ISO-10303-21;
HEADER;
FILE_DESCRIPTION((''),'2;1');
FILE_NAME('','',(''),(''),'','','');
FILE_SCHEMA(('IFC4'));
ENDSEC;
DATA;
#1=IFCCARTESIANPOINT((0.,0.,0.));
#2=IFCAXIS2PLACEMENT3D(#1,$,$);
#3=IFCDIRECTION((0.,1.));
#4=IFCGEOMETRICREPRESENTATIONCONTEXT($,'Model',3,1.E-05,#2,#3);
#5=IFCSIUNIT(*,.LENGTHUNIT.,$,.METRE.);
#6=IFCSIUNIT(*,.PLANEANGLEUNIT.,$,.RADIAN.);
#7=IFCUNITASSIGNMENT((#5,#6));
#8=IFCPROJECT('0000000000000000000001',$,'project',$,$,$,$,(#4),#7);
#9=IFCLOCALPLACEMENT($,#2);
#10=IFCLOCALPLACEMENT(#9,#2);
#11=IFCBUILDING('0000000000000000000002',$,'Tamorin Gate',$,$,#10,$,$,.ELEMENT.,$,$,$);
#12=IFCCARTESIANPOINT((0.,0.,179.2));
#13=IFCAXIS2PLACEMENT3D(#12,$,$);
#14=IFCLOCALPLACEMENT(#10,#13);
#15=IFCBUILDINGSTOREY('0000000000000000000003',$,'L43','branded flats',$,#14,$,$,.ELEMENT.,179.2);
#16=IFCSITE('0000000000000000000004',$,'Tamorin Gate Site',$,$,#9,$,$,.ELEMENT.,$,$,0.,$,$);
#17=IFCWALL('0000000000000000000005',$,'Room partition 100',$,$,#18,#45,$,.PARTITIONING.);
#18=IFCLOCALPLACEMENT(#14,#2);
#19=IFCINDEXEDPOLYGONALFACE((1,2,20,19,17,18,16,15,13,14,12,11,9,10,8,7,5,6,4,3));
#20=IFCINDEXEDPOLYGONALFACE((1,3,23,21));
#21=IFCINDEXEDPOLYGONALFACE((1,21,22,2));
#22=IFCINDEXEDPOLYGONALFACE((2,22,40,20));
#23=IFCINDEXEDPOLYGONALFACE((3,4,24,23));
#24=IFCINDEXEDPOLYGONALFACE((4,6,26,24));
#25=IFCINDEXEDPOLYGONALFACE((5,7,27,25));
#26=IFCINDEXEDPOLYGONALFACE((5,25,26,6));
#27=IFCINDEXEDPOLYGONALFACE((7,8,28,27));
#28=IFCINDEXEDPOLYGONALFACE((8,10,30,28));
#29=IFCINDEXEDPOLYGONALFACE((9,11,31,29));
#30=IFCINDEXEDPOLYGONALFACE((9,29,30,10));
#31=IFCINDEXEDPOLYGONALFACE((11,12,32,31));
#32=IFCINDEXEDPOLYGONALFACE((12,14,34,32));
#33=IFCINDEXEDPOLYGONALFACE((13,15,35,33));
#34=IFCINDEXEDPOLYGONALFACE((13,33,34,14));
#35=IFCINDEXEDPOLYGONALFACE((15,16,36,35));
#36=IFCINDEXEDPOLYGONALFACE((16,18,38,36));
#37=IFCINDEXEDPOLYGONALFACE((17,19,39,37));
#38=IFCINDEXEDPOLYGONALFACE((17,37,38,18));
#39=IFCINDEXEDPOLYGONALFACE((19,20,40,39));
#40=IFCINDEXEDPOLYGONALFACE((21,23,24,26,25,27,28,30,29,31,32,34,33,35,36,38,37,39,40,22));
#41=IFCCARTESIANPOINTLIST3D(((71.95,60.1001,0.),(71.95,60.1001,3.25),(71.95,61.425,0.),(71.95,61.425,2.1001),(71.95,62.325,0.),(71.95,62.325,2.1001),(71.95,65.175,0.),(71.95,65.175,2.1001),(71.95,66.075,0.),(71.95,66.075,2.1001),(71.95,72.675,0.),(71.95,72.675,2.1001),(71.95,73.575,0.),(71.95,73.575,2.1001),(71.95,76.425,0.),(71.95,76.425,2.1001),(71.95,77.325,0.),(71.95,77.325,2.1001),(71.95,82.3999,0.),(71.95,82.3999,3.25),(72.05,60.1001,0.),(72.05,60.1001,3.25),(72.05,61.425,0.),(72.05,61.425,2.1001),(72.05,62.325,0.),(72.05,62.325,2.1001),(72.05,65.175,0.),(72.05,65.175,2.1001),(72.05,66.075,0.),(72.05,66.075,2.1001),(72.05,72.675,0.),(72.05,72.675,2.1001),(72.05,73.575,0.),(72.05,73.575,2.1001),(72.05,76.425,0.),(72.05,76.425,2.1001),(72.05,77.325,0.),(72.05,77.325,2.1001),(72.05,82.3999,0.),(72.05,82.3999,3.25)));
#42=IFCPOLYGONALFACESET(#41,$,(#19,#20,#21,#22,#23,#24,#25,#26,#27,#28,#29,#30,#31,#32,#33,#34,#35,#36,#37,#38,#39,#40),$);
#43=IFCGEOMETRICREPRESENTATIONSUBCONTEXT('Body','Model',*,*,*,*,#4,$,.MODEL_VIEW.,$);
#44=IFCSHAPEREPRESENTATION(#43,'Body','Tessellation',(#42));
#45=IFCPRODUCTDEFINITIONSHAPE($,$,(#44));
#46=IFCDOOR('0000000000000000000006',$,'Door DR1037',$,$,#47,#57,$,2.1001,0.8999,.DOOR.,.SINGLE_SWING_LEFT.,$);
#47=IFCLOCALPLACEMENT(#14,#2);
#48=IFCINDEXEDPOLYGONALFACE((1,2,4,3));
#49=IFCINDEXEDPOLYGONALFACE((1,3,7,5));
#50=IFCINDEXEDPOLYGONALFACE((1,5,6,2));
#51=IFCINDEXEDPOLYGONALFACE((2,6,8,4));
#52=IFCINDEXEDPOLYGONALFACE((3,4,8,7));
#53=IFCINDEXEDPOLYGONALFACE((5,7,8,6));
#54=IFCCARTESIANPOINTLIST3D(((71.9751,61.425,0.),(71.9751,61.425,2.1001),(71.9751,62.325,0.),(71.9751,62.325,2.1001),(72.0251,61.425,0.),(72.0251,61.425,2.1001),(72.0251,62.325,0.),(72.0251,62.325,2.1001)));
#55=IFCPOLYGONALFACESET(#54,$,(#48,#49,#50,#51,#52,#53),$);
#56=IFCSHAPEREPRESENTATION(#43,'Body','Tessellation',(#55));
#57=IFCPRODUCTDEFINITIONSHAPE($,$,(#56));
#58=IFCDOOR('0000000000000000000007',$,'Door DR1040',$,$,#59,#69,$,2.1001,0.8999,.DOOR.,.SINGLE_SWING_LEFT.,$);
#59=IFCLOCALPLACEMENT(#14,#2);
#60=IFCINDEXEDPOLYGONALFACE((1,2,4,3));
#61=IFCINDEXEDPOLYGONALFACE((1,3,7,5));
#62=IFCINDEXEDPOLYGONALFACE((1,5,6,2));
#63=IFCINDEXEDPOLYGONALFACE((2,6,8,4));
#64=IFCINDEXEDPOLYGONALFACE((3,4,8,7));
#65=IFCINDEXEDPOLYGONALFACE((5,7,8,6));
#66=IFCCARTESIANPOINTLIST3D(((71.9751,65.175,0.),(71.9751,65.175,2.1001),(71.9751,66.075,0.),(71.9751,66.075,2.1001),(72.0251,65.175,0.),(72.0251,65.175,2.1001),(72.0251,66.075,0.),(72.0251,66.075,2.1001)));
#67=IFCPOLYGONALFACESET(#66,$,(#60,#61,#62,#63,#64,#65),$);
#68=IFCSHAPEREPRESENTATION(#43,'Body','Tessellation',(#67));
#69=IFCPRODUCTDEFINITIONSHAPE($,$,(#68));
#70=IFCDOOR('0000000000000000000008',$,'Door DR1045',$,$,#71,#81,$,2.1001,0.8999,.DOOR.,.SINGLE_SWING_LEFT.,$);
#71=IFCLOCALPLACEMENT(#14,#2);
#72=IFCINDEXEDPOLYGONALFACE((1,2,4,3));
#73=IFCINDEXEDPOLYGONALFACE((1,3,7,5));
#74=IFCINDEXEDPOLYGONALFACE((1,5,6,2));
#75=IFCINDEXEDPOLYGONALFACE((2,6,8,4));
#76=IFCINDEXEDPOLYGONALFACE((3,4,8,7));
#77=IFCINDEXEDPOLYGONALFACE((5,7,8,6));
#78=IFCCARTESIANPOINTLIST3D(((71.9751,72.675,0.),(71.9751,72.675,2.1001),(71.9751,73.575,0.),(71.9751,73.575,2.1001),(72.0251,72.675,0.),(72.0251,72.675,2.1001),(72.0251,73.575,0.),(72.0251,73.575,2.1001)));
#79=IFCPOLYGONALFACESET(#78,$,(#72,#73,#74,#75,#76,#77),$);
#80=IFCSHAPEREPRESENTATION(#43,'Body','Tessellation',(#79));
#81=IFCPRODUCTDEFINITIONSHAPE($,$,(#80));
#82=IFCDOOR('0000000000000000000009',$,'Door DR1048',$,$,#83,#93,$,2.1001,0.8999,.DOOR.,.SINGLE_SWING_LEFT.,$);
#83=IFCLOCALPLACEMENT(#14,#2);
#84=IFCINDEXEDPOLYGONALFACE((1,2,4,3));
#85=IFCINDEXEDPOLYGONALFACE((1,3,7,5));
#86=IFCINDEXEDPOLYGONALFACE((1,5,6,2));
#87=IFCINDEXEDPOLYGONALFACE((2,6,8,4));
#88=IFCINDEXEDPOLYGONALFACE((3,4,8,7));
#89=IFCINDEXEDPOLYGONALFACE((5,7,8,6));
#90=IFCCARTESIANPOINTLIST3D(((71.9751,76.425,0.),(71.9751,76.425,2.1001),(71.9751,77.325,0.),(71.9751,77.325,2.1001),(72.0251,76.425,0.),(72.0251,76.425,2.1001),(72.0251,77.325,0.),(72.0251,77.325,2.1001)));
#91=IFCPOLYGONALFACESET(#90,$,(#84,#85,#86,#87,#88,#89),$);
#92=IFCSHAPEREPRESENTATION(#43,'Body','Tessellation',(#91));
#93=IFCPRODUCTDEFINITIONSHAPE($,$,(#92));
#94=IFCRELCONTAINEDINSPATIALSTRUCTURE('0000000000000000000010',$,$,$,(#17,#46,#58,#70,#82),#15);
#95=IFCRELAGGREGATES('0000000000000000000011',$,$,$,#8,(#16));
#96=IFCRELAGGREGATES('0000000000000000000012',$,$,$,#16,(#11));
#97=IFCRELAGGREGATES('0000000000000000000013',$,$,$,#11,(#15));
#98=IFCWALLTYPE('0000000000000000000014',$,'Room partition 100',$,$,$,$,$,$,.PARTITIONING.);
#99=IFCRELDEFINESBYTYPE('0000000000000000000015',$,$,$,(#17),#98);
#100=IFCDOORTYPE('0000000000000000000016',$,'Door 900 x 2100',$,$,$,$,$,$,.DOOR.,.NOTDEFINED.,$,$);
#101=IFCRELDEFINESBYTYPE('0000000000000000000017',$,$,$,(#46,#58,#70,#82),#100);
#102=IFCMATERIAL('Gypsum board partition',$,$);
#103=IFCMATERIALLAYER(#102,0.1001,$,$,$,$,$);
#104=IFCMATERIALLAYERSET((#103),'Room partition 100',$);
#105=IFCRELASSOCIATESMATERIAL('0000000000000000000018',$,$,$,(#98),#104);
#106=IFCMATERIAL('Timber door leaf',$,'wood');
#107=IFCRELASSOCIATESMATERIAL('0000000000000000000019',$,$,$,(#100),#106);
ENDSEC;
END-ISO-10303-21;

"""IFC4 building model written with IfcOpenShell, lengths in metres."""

from ifc_helpers import new_model, si_unit, direction, frame, frame_2d, origin, place, context, subcontext, project, spatial, rectangle, extrude, material, layer, layer_set, type_object, element, fill, save


model = new_model("IFC4")

# Units and contexts
model_context = context("Model", 3, precision=1e-05, world=origin(), true_north=direction((0.0, 1.0)))
body_context = subcontext(model_context, "Body", "Model", "MODEL_VIEW")
ifc_project = project(units=[si_unit("LENGTHUNIT", "METRE"), si_unit("PLANEANGLEUNIT", "RADIAN")], contexts=[model_context])

# Site, building, storey
site_placement = place(None, origin())
site = spatial("IfcSite", under=ifc_project, at=site_placement, Name="Tamorin Gate Site", CompositionType="ELEMENT", RefElevation=0.0)
building_placement = place(site_placement, origin())
building = spatial("IfcBuilding", under=site, at=building_placement, Name="Tamorin Gate", CompositionType="ELEMENT")
storey_placement = place(building_placement, frame((0.0, 0.0, 179.2)))
storey = spatial("IfcBuildingStorey", under=building, at=storey_placement, Name="L43", Description="branded flats", CompositionType="ELEMENT", Elevation=179.2)

# Wall, openings, doors
ifc_material_1 = material(Name="Gypsum board partition")
ifc_layer_1 = layer(ifc_material_1, 0.1001)
ifc_layer_set_1 = layer_set([ifc_layer_1], Name="Room partition 100")
wall_type_1 = type_object("IfcWallType", Name="Room partition 100", PredefinedType="PARTITIONING", material=ifc_layer_set_1)
wall_1_placement = place(storey_placement, frame((72.0, 60.1001, 0.0), z_axis=(0.0, 0.0, 1.0), x_axis=(0.0, 1.0, 0.0)))
wall_1 = element("IfcWall", 1, at=wall_1_placement, inside=storey, type_object=wall_type_1, Name="Room partition 100", PredefinedType="PARTITIONING", context=body_context, shape_type="SweptSolid", body=[
    extrude(rectangle(XDim=22.2998, YDim=0.1001, at=frame_2d((11.1499, 0.0))), origin(), (0.0, 0.0, 1.0), 3.25),
])
opening_1_placement = place(wall_1_placement, frame((1.325, 0.0, 0.0)))
opening_1 = element("IfcOpeningElement", 2, at=opening_1_placement, cuts=wall_1, PredefinedType="OPENING", context=body_context, shape_type="SweptSolid", body=[
    extrude(rectangle(XDim=0.8999, YDim=2.1001, at=frame_2d((0.45, 1.05))), frame((0.0, 0.0601, 0.0), z_axis=(0.0, -1.0, 0.0), x_axis=(1.0, 0.0, 0.0)), (0.0, 0.0, 1.0), 0.1201),
])
opening_2_placement = place(wall_1_placement, frame((5.075, 0.0, 0.0)))
opening_2 = element("IfcOpeningElement", 3, at=opening_2_placement, cuts=wall_1, PredefinedType="OPENING", context=body_context, shape_type="SweptSolid", body=[
    extrude(rectangle(XDim=0.8999, YDim=2.1001, at=frame_2d((0.45, 1.05))), frame((0.0, 0.0601, 0.0), z_axis=(0.0, -1.0, 0.0), x_axis=(1.0, 0.0, 0.0)), (0.0, 0.0, 1.0), 0.1201),
])
opening_3_placement = place(wall_1_placement, frame((12.575, 0.0, 0.0)))
opening_3 = element("IfcOpeningElement", 4, at=opening_3_placement, cuts=wall_1, PredefinedType="OPENING", context=body_context, shape_type="SweptSolid", body=[
    extrude(rectangle(XDim=0.8999, YDim=2.1001, at=frame_2d((0.45, 1.05))), frame((0.0, 0.0601, 0.0), z_axis=(0.0, -1.0, 0.0), x_axis=(1.0, 0.0, 0.0)), (0.0, 0.0, 1.0), 0.1201),
])
opening_4_placement = place(wall_1_placement, frame((16.325, 0.0, 0.0)))
opening_4 = element("IfcOpeningElement", 5, at=opening_4_placement, cuts=wall_1, PredefinedType="OPENING", context=body_context, shape_type="SweptSolid", body=[
    extrude(rectangle(XDim=0.8999, YDim=2.1001, at=frame_2d((0.45, 1.05))), frame((0.0, 0.0601, 0.0), z_axis=(0.0, -1.0, 0.0), x_axis=(1.0, 0.0, 0.0)), (0.0, 0.0, 1.0), 0.1201),
])
ifc_material_2 = material(Name="Timber door leaf", Category="wood")
door_type = type_object("IfcDoorType", Name="Door 900 x 2100", OperationType="NOTDEFINED", PredefinedType="DOOR", material=ifc_material_2)
door_1_placement = place(opening_1_placement, origin())
door_1 = element("IfcDoor", 6, at=door_1_placement, inside=storey, type_object=door_type, Name="Door DR1037", OperationType="SINGLE_SWING_LEFT", OverallHeight=2.1001, OverallWidth=0.8999, PredefinedType="DOOR", context=body_context, shape_type="SweptSolid", body=[
    extrude(rectangle(XDim=0.8999, YDim=2.1001, at=frame_2d((0.45, 1.05))), frame((0.0, 0.0249, 0.0), z_axis=(0.0, -1.0, 0.0), x_axis=(1.0, 0.0, 0.0)), (0.0, 0.0, 1.0), 0.05),
])
fill(opening_1, door_1)
door_2_placement = place(opening_2_placement, origin())
door_2 = element("IfcDoor", 7, at=door_2_placement, inside=storey, type_object=door_type, Name="Door DR1040", OperationType="SINGLE_SWING_LEFT", OverallHeight=2.1001, OverallWidth=0.8999, PredefinedType="DOOR", context=body_context, shape_type="SweptSolid", body=[
    extrude(rectangle(XDim=0.8999, YDim=2.1001, at=frame_2d((0.45, 1.05))), frame((0.0, 0.0249, 0.0), z_axis=(0.0, -1.0, 0.0), x_axis=(1.0, 0.0, 0.0)), (0.0, 0.0, 1.0), 0.05),
])
fill(opening_2, door_2)
door_3_placement = place(opening_3_placement, origin())
door_3 = element("IfcDoor", 8, at=door_3_placement, inside=storey, type_object=door_type, Name="Door DR1045", OperationType="SINGLE_SWING_LEFT", OverallHeight=2.1001, OverallWidth=0.8999, PredefinedType="DOOR", context=body_context, shape_type="SweptSolid", body=[
    extrude(rectangle(XDim=0.8999, YDim=2.1001, at=frame_2d((0.45, 1.05))), frame((0.0, 0.0249, 0.0), z_axis=(0.0, -1.0, 0.0), x_axis=(1.0, 0.0, 0.0)), (0.0, 0.0, 1.0), 0.05),
])
fill(opening_3, door_3)
door_4_placement = place(opening_4_placement, origin())
door_4 = element("IfcDoor", 9, at=door_4_placement, inside=storey, type_object=door_type, Name="Door DR1048", OperationType="SINGLE_SWING_LEFT", OverallHeight=2.1001, OverallWidth=0.8999, PredefinedType="DOOR", context=body_context, shape_type="SweptSolid", body=[
    extrude(rectangle(XDim=0.8999, YDim=2.1001, at=frame_2d((0.45, 1.05))), frame((0.0, 0.0249, 0.0), z_axis=(0.0, -1.0, 0.0), x_axis=(1.0, 0.0, 0.0)), (0.0, 0.0, 1.0), 0.05),
])
fill(opening_4, door_4)

save(model, "model.ifc")
